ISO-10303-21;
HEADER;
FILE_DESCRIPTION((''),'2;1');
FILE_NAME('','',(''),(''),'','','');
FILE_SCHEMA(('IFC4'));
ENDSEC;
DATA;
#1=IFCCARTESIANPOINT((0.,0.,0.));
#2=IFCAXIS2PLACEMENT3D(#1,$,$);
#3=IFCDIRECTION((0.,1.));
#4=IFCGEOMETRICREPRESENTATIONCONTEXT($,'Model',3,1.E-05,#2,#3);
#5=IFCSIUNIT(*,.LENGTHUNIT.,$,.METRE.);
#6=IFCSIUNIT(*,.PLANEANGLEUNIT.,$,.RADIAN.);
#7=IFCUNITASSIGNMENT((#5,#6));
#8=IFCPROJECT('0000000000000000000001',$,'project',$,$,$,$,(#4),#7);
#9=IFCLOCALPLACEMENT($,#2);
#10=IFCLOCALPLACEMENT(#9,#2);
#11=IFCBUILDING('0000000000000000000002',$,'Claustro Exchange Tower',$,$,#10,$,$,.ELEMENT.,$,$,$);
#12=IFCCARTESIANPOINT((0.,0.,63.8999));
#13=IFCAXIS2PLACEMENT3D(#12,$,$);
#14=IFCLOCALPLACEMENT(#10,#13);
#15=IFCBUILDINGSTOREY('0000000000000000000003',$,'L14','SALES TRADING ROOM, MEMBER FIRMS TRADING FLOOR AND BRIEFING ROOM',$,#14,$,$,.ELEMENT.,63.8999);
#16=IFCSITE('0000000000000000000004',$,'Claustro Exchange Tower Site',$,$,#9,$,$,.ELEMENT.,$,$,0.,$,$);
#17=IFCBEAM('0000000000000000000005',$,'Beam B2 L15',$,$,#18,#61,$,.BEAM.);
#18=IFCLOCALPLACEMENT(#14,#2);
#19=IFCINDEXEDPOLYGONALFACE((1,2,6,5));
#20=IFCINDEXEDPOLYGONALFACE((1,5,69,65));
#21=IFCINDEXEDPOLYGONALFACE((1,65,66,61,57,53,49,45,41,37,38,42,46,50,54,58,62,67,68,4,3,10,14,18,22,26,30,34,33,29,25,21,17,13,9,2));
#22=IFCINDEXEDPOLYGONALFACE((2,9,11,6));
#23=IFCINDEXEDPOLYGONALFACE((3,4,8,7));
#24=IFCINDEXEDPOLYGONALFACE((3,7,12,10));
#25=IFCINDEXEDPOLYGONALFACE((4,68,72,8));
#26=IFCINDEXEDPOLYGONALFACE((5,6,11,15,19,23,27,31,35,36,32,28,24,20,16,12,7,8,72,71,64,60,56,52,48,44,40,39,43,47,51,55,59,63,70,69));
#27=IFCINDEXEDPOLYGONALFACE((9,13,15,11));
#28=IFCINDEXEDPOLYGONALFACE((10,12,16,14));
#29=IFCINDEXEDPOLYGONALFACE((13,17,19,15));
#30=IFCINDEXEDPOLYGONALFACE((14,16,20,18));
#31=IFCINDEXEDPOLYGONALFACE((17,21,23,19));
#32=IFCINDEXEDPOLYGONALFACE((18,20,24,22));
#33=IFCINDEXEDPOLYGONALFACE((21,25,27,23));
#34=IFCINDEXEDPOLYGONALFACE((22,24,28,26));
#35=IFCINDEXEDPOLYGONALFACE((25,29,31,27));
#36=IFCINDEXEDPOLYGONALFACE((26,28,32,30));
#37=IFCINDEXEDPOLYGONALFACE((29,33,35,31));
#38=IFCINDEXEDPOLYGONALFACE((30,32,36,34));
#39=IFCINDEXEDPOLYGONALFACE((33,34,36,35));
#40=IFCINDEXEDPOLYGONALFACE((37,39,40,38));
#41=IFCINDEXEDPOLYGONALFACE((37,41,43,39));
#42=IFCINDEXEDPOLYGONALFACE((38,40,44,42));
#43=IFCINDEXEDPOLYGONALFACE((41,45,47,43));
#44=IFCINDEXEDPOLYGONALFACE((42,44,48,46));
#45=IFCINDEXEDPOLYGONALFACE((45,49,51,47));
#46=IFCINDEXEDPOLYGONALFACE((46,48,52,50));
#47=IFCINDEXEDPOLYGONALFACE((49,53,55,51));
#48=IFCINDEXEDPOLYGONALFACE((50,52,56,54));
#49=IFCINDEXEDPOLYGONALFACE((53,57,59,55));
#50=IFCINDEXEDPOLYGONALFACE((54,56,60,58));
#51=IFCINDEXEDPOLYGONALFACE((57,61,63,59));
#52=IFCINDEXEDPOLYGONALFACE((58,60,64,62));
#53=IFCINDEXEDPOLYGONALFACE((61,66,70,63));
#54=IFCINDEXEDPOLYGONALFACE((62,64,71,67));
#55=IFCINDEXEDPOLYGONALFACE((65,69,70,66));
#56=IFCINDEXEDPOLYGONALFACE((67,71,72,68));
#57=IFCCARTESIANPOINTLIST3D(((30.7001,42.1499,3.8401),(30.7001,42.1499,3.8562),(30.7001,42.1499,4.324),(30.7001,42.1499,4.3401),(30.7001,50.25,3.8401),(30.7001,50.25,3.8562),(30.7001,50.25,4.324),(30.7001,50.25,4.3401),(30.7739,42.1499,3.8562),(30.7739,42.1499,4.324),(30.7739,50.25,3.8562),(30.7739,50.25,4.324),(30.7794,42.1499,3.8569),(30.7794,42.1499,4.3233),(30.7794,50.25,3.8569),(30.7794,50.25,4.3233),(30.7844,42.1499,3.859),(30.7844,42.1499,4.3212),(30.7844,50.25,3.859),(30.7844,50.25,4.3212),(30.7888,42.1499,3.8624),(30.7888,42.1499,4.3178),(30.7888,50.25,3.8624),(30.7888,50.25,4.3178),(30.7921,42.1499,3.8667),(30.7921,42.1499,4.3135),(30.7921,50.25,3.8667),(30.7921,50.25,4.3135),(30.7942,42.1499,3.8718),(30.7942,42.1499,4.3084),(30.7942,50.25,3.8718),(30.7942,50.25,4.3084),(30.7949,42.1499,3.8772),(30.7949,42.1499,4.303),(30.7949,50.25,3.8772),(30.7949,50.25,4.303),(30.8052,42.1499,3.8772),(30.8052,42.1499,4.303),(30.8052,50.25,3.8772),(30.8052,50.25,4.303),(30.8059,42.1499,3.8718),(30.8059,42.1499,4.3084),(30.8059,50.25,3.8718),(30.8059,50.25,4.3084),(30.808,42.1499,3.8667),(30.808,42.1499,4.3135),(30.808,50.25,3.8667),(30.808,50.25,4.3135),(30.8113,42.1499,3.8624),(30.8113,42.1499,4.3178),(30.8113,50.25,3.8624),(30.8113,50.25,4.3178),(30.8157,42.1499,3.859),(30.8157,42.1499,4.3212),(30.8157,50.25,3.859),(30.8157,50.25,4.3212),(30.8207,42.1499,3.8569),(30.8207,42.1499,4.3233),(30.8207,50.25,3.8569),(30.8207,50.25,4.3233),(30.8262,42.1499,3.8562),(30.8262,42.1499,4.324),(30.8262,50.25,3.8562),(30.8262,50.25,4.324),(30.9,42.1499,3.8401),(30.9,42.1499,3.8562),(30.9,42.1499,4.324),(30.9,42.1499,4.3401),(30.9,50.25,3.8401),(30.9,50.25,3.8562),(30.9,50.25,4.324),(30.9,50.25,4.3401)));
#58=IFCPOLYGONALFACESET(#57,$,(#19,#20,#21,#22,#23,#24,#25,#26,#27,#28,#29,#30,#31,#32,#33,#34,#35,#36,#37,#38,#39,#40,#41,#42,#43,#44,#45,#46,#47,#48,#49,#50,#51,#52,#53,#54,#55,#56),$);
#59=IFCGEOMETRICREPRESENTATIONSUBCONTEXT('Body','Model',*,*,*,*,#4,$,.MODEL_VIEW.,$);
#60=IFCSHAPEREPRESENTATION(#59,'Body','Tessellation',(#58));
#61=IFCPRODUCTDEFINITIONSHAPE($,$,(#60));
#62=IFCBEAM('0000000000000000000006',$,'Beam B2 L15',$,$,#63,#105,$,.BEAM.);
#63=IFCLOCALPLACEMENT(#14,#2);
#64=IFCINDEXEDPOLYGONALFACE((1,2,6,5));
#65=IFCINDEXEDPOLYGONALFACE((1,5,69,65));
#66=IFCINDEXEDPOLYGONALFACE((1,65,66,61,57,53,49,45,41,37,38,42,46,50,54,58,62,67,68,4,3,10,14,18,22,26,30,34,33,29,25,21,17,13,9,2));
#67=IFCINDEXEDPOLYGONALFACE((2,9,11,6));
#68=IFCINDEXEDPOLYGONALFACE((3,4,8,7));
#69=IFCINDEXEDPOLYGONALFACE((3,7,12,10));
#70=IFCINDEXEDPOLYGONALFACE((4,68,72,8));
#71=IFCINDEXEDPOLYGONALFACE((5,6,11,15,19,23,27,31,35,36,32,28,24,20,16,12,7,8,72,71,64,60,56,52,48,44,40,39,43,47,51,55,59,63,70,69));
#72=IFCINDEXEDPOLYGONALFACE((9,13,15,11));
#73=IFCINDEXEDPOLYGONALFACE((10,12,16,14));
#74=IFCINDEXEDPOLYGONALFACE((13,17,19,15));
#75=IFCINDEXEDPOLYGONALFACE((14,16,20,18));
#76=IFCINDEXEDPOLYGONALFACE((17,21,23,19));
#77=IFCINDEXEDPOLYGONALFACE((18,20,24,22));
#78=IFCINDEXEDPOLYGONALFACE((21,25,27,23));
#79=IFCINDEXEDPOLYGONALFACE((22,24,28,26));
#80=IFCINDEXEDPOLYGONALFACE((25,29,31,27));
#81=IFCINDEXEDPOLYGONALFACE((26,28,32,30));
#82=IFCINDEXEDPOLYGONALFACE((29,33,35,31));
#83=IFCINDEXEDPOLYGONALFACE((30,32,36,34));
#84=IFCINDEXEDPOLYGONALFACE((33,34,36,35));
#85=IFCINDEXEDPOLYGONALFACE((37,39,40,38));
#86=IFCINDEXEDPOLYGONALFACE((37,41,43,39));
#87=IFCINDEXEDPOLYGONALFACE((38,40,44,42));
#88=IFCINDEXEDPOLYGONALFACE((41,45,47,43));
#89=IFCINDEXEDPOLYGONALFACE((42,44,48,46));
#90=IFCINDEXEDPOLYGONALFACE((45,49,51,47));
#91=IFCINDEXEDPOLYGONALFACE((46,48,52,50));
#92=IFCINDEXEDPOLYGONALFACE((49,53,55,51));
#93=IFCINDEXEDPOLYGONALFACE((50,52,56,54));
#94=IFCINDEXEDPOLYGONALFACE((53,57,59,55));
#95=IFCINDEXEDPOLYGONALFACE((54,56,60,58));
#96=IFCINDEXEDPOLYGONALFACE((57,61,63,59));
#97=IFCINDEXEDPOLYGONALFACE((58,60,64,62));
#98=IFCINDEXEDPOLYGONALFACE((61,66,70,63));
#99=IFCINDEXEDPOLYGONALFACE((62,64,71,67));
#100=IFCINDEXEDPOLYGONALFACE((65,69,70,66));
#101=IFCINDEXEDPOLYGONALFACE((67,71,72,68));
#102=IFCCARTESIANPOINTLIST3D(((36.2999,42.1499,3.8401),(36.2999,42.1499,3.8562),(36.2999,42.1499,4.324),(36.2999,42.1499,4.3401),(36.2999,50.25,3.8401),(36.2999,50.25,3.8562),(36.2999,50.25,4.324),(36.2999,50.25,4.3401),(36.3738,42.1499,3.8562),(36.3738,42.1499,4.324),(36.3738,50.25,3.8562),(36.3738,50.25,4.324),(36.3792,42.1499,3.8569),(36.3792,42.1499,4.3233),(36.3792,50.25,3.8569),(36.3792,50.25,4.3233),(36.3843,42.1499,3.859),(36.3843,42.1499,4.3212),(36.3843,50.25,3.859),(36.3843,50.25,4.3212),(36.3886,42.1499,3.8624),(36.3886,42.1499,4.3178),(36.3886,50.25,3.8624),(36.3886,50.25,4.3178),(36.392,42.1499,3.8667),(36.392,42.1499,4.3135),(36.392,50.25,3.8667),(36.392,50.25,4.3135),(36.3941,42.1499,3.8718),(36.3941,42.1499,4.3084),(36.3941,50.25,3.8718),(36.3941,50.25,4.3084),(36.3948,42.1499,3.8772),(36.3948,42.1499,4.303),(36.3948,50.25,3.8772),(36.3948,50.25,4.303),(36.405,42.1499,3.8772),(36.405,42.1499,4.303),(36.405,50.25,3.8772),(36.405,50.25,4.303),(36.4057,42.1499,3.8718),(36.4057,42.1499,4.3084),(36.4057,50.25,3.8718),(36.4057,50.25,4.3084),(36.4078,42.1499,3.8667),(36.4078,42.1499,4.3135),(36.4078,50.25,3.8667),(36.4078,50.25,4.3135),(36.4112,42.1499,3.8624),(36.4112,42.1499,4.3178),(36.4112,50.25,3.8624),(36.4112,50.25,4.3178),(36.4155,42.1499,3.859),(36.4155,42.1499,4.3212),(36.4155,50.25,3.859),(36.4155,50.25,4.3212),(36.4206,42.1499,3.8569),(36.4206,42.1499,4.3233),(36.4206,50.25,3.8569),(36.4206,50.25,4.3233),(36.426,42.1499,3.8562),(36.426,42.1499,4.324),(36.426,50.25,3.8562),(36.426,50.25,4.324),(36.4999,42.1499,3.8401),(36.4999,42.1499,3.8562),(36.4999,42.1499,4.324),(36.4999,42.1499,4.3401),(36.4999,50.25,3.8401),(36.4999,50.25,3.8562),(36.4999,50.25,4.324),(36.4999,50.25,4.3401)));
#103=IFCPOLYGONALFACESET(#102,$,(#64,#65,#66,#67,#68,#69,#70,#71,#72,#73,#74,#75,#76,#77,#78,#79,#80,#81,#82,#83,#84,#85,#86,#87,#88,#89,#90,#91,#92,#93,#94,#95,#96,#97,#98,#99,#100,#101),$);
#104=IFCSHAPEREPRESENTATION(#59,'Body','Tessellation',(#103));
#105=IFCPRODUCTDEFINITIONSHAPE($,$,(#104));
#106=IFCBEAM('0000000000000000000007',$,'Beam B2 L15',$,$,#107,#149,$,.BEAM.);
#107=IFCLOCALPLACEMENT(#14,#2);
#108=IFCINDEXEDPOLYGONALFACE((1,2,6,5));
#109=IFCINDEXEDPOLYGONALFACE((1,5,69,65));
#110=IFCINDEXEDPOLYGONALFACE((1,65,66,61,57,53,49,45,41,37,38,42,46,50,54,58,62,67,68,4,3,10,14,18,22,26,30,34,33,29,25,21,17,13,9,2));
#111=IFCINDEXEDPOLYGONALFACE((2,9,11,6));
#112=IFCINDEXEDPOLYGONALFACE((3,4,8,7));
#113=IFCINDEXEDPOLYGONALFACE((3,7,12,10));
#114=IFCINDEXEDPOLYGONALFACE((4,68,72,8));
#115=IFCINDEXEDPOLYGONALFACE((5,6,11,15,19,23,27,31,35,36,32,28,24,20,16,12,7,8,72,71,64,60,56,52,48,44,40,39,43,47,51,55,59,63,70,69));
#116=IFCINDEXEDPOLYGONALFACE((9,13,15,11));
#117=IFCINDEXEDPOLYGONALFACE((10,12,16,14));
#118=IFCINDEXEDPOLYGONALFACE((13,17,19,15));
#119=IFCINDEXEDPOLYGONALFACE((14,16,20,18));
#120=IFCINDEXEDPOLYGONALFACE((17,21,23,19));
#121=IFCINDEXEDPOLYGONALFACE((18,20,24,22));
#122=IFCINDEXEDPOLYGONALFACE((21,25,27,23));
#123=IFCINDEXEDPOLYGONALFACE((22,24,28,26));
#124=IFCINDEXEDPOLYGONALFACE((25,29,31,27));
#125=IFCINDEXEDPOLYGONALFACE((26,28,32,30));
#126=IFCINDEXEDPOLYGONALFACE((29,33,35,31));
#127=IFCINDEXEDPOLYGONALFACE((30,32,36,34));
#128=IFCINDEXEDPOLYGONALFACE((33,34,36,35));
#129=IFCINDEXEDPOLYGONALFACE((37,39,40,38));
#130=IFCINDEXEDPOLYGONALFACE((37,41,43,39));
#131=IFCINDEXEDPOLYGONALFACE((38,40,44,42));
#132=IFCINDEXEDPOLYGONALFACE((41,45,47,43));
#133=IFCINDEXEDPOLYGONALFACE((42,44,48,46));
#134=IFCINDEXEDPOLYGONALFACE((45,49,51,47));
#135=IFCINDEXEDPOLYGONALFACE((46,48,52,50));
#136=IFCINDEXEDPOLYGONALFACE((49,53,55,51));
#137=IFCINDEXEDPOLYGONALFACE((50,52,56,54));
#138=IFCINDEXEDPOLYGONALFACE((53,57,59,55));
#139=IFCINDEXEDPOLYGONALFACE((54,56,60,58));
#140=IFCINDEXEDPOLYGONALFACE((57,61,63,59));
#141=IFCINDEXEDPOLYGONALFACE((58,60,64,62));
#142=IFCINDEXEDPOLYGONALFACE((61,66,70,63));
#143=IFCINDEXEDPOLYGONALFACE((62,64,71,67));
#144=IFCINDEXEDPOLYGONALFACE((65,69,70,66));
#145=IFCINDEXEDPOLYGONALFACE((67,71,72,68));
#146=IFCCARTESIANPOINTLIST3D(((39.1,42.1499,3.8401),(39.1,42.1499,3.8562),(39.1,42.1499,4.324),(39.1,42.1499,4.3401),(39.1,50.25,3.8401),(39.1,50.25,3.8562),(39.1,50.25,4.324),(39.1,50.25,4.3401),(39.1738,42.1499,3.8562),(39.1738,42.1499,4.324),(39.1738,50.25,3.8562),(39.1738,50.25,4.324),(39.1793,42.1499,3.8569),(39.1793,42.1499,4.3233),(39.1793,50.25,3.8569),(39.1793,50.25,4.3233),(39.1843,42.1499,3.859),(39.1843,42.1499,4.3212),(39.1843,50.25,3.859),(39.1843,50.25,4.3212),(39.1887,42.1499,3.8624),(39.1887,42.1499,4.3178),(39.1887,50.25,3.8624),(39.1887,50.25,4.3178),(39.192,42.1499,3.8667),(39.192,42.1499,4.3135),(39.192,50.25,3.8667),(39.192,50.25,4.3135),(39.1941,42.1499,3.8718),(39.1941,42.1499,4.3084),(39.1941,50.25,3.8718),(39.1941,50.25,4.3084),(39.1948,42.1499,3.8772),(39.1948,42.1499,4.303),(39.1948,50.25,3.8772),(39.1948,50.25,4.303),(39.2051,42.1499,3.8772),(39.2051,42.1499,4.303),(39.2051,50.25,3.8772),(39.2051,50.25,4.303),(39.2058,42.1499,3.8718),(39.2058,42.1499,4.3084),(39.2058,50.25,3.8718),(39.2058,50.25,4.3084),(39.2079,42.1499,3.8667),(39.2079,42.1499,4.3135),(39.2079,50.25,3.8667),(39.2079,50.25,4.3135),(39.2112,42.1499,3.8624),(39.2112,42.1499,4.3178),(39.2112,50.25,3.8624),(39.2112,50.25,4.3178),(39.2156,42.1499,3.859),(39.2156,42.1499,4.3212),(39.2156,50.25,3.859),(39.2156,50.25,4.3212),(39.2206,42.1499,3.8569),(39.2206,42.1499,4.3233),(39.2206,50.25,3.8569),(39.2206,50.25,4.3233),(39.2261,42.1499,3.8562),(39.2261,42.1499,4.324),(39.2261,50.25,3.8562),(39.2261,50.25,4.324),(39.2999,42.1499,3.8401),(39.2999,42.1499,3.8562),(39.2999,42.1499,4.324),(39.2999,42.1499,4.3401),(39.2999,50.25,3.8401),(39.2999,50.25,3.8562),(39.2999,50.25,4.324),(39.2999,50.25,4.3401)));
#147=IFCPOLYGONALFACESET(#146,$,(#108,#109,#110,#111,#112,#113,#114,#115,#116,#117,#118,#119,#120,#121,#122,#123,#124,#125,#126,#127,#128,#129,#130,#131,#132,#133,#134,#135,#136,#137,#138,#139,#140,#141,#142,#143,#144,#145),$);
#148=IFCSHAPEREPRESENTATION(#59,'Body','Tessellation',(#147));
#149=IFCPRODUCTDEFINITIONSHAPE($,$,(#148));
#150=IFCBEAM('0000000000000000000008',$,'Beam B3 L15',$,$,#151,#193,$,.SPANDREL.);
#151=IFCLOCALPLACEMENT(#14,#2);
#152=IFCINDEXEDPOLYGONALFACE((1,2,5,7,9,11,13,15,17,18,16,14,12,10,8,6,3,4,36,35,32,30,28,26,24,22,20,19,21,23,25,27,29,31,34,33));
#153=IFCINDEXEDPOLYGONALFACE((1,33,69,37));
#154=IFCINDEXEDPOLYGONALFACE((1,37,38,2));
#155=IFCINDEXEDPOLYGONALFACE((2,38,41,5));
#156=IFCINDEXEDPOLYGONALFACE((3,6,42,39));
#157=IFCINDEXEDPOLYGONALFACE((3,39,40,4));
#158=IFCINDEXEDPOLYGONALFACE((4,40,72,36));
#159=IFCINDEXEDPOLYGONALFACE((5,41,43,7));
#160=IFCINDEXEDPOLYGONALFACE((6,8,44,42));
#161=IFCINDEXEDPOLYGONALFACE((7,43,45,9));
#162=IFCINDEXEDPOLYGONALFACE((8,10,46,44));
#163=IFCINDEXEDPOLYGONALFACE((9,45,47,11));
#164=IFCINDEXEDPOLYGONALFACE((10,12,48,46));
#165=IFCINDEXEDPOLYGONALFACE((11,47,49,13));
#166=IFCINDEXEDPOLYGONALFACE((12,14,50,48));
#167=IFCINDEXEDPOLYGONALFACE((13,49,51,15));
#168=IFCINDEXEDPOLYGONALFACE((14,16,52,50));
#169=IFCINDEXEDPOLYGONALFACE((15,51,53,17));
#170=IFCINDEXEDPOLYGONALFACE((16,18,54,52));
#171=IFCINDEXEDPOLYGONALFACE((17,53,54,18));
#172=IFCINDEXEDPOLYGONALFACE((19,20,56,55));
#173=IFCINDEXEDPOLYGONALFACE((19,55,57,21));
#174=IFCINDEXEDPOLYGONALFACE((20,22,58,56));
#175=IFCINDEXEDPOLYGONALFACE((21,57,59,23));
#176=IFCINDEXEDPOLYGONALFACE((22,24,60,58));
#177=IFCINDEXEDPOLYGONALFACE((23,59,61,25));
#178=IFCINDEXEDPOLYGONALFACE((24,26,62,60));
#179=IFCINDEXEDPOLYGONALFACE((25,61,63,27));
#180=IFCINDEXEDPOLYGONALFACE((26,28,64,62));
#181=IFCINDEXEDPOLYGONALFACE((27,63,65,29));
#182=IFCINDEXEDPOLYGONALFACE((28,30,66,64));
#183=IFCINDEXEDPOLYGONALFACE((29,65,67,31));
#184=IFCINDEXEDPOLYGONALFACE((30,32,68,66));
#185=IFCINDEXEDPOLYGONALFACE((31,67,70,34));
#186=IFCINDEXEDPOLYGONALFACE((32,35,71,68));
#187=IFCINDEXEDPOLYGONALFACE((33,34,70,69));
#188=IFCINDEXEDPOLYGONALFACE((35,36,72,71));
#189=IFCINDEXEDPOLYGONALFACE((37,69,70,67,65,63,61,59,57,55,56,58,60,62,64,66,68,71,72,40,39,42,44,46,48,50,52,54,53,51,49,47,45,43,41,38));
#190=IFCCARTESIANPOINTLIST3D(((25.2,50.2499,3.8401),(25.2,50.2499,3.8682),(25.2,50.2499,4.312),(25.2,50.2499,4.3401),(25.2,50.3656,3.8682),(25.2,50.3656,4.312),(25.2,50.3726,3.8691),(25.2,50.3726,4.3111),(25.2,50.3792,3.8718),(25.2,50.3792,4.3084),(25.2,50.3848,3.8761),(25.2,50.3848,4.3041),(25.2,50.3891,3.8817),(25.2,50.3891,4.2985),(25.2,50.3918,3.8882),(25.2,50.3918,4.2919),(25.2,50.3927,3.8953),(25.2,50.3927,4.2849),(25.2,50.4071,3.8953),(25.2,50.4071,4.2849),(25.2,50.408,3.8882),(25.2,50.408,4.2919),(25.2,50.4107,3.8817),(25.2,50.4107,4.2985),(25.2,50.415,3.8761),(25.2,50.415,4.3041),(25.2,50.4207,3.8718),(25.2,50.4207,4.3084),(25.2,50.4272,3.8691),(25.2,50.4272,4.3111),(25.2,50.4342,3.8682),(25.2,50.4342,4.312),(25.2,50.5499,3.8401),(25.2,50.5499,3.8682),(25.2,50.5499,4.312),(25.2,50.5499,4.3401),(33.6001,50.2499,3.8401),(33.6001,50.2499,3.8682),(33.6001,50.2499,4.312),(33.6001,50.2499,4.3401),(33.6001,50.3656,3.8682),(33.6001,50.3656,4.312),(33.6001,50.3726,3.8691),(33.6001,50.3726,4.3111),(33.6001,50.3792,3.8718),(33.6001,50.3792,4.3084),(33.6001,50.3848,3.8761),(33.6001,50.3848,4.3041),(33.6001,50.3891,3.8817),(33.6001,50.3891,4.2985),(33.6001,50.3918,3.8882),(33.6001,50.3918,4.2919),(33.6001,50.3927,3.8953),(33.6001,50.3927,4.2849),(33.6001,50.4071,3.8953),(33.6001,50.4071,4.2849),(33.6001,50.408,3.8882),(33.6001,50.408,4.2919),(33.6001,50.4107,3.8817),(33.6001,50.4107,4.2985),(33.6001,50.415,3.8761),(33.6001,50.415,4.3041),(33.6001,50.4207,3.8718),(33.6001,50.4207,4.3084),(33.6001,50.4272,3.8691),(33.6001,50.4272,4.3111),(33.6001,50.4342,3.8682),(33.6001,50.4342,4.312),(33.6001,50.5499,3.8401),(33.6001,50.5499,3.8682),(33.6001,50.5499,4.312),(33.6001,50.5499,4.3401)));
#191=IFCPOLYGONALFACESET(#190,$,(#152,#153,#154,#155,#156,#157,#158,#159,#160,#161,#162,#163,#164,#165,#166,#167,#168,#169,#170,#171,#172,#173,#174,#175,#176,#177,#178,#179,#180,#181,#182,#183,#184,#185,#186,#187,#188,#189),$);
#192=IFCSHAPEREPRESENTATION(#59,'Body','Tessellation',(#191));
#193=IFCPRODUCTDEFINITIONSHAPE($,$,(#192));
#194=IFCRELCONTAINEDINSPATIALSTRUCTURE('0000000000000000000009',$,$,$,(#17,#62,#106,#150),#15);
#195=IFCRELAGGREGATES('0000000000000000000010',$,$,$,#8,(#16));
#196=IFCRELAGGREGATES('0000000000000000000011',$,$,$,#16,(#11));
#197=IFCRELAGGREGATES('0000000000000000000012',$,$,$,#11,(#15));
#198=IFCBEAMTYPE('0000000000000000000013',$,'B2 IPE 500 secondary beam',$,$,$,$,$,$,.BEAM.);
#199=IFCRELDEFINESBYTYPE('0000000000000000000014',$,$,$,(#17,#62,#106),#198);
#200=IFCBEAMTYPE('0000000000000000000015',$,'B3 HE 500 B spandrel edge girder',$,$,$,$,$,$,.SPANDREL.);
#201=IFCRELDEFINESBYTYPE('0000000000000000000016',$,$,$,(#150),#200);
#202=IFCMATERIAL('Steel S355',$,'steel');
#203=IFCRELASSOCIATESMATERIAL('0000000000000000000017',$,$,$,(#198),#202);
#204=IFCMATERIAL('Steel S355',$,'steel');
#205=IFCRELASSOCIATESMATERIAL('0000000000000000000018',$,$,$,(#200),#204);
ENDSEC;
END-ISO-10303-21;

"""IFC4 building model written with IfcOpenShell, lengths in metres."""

from ifc_helpers import new_model, si_unit, direction, frame, origin, origin_2d, place, context, subcontext, project, spatial, i_section, extrude, material, material_profile, profile_set, type_object, element, save


model = new_model("IFC4")

# Units and contexts
model_context = context("Model", 3, precision=1e-05, world=origin(), true_north=direction((0.0, 1.0)))
body_context = subcontext(model_context, "Body", "Model", "MODEL_VIEW")
ifc_project = project(units=[si_unit("LENGTHUNIT", "METRE"), si_unit("PLANEANGLEUNIT", "RADIAN")], contexts=[model_context])

# Site, building, storey
site_placement = place(None, origin())
site = spatial("IfcSite", under=ifc_project, at=site_placement, Name="Claustro Exchange Tower Site", CompositionType="ELEMENT", RefElevation=0.0)
building_placement = place(site_placement, origin())
building = spatial("IfcBuilding", under=site, at=building_placement, Name="Claustro Exchange Tower", CompositionType="ELEMENT")
storey_placement = place(building_placement, frame((0.0, 0.0, 63.8999)))
storey = spatial("IfcBuildingStorey", under=building, at=storey_placement, Name="L14", Description="SALES TRADING ROOM, MEMBER FIRMS TRADING FLOOR AND BRIEFING ROOM", CompositionType="ELEMENT", Elevation=63.8999)

# Beams
ifc_material_1 = material(Name="Steel S355", Category="steel")
ifc_material_profile_1 = material_profile(ifc_material_1, i_section(OverallWidth=0.2, OverallDepth=0.5, WebThickness=0.0103, FlangeThickness=0.0161, FilletRadius=0.021, at=origin_2d()), Name="IPE 500")
ifc_profile_set_1 = profile_set([ifc_material_profile_1], Name="Steel S355")
beam_type_1 = type_object("IfcBeamType", Name="B2 IPE 500 secondary beam", PredefinedType="BEAM", material=ifc_profile_set_1)
for number, where, z_axis, x_axis, name in (
    (1, (30.8, 42.1499, 4.0901), (0.0, 1.0, 0.0), (-1.0, 0.0, 0.0), "Beam B2 L15"),
    (2, (36.3999, 42.1499, 4.0901), (0.0, 1.0, 0.0), (-1.0, 0.0, 0.0), "Beam B2 L15"),
    (3, (39.2, 42.1499, 4.0901), (0.0, 1.0, 0.0), (-1.0, 0.0, 0.0), "Beam B2 L15"),
):
    element("IfcBeam", number, at=place(storey_placement, frame(where, z_axis=z_axis, x_axis=x_axis)), inside=storey, type_object=beam_type_1, Name=name, PredefinedType="BEAM", context=body_context, shape_type="SweptSolid", body=[
        extrude(i_section(OverallWidth=0.2, OverallDepth=0.5, WebThickness=0.0103, FlangeThickness=0.0161, FilletRadius=0.021, at=origin_2d()), origin(), (0.0, 0.0, 1.0), 8.1001),
    ])
ifc_material_2 = material(Name="Steel S355", Category="steel")
ifc_material_profile_2 = material_profile(ifc_material_2, i_section(OverallWidth=0.3, OverallDepth=0.5, WebThickness=0.0144, FlangeThickness=0.0281, FilletRadius=0.0271, at=origin_2d()), Name="HE 500 B")
ifc_profile_set_2 = profile_set([ifc_material_profile_2], Name="Steel S355")
beam_type_2 = type_object("IfcBeamType", Name="B3 HE 500 B spandrel edge girder", PredefinedType="SPANDREL", material=ifc_profile_set_2)
beam_1_placement = place(storey_placement, frame((25.2, 50.3999, 4.0901), z_axis=(1.0, 0.0, 0.0), x_axis=(0.0, 1.0, 0.0)))
element("IfcBeam", 4, at=beam_1_placement, inside=storey, type_object=beam_type_2, Name="Beam B3 L15", PredefinedType="SPANDREL", context=body_context, shape_type="SweptSolid", body=[
    extrude(i_section(OverallWidth=0.3, OverallDepth=0.5, WebThickness=0.0144, FlangeThickness=0.0281, FilletRadius=0.0271, at=origin_2d()), origin(), (0.0, 0.0, 1.0), 8.4001),
])

save(model, "model.ifc")
